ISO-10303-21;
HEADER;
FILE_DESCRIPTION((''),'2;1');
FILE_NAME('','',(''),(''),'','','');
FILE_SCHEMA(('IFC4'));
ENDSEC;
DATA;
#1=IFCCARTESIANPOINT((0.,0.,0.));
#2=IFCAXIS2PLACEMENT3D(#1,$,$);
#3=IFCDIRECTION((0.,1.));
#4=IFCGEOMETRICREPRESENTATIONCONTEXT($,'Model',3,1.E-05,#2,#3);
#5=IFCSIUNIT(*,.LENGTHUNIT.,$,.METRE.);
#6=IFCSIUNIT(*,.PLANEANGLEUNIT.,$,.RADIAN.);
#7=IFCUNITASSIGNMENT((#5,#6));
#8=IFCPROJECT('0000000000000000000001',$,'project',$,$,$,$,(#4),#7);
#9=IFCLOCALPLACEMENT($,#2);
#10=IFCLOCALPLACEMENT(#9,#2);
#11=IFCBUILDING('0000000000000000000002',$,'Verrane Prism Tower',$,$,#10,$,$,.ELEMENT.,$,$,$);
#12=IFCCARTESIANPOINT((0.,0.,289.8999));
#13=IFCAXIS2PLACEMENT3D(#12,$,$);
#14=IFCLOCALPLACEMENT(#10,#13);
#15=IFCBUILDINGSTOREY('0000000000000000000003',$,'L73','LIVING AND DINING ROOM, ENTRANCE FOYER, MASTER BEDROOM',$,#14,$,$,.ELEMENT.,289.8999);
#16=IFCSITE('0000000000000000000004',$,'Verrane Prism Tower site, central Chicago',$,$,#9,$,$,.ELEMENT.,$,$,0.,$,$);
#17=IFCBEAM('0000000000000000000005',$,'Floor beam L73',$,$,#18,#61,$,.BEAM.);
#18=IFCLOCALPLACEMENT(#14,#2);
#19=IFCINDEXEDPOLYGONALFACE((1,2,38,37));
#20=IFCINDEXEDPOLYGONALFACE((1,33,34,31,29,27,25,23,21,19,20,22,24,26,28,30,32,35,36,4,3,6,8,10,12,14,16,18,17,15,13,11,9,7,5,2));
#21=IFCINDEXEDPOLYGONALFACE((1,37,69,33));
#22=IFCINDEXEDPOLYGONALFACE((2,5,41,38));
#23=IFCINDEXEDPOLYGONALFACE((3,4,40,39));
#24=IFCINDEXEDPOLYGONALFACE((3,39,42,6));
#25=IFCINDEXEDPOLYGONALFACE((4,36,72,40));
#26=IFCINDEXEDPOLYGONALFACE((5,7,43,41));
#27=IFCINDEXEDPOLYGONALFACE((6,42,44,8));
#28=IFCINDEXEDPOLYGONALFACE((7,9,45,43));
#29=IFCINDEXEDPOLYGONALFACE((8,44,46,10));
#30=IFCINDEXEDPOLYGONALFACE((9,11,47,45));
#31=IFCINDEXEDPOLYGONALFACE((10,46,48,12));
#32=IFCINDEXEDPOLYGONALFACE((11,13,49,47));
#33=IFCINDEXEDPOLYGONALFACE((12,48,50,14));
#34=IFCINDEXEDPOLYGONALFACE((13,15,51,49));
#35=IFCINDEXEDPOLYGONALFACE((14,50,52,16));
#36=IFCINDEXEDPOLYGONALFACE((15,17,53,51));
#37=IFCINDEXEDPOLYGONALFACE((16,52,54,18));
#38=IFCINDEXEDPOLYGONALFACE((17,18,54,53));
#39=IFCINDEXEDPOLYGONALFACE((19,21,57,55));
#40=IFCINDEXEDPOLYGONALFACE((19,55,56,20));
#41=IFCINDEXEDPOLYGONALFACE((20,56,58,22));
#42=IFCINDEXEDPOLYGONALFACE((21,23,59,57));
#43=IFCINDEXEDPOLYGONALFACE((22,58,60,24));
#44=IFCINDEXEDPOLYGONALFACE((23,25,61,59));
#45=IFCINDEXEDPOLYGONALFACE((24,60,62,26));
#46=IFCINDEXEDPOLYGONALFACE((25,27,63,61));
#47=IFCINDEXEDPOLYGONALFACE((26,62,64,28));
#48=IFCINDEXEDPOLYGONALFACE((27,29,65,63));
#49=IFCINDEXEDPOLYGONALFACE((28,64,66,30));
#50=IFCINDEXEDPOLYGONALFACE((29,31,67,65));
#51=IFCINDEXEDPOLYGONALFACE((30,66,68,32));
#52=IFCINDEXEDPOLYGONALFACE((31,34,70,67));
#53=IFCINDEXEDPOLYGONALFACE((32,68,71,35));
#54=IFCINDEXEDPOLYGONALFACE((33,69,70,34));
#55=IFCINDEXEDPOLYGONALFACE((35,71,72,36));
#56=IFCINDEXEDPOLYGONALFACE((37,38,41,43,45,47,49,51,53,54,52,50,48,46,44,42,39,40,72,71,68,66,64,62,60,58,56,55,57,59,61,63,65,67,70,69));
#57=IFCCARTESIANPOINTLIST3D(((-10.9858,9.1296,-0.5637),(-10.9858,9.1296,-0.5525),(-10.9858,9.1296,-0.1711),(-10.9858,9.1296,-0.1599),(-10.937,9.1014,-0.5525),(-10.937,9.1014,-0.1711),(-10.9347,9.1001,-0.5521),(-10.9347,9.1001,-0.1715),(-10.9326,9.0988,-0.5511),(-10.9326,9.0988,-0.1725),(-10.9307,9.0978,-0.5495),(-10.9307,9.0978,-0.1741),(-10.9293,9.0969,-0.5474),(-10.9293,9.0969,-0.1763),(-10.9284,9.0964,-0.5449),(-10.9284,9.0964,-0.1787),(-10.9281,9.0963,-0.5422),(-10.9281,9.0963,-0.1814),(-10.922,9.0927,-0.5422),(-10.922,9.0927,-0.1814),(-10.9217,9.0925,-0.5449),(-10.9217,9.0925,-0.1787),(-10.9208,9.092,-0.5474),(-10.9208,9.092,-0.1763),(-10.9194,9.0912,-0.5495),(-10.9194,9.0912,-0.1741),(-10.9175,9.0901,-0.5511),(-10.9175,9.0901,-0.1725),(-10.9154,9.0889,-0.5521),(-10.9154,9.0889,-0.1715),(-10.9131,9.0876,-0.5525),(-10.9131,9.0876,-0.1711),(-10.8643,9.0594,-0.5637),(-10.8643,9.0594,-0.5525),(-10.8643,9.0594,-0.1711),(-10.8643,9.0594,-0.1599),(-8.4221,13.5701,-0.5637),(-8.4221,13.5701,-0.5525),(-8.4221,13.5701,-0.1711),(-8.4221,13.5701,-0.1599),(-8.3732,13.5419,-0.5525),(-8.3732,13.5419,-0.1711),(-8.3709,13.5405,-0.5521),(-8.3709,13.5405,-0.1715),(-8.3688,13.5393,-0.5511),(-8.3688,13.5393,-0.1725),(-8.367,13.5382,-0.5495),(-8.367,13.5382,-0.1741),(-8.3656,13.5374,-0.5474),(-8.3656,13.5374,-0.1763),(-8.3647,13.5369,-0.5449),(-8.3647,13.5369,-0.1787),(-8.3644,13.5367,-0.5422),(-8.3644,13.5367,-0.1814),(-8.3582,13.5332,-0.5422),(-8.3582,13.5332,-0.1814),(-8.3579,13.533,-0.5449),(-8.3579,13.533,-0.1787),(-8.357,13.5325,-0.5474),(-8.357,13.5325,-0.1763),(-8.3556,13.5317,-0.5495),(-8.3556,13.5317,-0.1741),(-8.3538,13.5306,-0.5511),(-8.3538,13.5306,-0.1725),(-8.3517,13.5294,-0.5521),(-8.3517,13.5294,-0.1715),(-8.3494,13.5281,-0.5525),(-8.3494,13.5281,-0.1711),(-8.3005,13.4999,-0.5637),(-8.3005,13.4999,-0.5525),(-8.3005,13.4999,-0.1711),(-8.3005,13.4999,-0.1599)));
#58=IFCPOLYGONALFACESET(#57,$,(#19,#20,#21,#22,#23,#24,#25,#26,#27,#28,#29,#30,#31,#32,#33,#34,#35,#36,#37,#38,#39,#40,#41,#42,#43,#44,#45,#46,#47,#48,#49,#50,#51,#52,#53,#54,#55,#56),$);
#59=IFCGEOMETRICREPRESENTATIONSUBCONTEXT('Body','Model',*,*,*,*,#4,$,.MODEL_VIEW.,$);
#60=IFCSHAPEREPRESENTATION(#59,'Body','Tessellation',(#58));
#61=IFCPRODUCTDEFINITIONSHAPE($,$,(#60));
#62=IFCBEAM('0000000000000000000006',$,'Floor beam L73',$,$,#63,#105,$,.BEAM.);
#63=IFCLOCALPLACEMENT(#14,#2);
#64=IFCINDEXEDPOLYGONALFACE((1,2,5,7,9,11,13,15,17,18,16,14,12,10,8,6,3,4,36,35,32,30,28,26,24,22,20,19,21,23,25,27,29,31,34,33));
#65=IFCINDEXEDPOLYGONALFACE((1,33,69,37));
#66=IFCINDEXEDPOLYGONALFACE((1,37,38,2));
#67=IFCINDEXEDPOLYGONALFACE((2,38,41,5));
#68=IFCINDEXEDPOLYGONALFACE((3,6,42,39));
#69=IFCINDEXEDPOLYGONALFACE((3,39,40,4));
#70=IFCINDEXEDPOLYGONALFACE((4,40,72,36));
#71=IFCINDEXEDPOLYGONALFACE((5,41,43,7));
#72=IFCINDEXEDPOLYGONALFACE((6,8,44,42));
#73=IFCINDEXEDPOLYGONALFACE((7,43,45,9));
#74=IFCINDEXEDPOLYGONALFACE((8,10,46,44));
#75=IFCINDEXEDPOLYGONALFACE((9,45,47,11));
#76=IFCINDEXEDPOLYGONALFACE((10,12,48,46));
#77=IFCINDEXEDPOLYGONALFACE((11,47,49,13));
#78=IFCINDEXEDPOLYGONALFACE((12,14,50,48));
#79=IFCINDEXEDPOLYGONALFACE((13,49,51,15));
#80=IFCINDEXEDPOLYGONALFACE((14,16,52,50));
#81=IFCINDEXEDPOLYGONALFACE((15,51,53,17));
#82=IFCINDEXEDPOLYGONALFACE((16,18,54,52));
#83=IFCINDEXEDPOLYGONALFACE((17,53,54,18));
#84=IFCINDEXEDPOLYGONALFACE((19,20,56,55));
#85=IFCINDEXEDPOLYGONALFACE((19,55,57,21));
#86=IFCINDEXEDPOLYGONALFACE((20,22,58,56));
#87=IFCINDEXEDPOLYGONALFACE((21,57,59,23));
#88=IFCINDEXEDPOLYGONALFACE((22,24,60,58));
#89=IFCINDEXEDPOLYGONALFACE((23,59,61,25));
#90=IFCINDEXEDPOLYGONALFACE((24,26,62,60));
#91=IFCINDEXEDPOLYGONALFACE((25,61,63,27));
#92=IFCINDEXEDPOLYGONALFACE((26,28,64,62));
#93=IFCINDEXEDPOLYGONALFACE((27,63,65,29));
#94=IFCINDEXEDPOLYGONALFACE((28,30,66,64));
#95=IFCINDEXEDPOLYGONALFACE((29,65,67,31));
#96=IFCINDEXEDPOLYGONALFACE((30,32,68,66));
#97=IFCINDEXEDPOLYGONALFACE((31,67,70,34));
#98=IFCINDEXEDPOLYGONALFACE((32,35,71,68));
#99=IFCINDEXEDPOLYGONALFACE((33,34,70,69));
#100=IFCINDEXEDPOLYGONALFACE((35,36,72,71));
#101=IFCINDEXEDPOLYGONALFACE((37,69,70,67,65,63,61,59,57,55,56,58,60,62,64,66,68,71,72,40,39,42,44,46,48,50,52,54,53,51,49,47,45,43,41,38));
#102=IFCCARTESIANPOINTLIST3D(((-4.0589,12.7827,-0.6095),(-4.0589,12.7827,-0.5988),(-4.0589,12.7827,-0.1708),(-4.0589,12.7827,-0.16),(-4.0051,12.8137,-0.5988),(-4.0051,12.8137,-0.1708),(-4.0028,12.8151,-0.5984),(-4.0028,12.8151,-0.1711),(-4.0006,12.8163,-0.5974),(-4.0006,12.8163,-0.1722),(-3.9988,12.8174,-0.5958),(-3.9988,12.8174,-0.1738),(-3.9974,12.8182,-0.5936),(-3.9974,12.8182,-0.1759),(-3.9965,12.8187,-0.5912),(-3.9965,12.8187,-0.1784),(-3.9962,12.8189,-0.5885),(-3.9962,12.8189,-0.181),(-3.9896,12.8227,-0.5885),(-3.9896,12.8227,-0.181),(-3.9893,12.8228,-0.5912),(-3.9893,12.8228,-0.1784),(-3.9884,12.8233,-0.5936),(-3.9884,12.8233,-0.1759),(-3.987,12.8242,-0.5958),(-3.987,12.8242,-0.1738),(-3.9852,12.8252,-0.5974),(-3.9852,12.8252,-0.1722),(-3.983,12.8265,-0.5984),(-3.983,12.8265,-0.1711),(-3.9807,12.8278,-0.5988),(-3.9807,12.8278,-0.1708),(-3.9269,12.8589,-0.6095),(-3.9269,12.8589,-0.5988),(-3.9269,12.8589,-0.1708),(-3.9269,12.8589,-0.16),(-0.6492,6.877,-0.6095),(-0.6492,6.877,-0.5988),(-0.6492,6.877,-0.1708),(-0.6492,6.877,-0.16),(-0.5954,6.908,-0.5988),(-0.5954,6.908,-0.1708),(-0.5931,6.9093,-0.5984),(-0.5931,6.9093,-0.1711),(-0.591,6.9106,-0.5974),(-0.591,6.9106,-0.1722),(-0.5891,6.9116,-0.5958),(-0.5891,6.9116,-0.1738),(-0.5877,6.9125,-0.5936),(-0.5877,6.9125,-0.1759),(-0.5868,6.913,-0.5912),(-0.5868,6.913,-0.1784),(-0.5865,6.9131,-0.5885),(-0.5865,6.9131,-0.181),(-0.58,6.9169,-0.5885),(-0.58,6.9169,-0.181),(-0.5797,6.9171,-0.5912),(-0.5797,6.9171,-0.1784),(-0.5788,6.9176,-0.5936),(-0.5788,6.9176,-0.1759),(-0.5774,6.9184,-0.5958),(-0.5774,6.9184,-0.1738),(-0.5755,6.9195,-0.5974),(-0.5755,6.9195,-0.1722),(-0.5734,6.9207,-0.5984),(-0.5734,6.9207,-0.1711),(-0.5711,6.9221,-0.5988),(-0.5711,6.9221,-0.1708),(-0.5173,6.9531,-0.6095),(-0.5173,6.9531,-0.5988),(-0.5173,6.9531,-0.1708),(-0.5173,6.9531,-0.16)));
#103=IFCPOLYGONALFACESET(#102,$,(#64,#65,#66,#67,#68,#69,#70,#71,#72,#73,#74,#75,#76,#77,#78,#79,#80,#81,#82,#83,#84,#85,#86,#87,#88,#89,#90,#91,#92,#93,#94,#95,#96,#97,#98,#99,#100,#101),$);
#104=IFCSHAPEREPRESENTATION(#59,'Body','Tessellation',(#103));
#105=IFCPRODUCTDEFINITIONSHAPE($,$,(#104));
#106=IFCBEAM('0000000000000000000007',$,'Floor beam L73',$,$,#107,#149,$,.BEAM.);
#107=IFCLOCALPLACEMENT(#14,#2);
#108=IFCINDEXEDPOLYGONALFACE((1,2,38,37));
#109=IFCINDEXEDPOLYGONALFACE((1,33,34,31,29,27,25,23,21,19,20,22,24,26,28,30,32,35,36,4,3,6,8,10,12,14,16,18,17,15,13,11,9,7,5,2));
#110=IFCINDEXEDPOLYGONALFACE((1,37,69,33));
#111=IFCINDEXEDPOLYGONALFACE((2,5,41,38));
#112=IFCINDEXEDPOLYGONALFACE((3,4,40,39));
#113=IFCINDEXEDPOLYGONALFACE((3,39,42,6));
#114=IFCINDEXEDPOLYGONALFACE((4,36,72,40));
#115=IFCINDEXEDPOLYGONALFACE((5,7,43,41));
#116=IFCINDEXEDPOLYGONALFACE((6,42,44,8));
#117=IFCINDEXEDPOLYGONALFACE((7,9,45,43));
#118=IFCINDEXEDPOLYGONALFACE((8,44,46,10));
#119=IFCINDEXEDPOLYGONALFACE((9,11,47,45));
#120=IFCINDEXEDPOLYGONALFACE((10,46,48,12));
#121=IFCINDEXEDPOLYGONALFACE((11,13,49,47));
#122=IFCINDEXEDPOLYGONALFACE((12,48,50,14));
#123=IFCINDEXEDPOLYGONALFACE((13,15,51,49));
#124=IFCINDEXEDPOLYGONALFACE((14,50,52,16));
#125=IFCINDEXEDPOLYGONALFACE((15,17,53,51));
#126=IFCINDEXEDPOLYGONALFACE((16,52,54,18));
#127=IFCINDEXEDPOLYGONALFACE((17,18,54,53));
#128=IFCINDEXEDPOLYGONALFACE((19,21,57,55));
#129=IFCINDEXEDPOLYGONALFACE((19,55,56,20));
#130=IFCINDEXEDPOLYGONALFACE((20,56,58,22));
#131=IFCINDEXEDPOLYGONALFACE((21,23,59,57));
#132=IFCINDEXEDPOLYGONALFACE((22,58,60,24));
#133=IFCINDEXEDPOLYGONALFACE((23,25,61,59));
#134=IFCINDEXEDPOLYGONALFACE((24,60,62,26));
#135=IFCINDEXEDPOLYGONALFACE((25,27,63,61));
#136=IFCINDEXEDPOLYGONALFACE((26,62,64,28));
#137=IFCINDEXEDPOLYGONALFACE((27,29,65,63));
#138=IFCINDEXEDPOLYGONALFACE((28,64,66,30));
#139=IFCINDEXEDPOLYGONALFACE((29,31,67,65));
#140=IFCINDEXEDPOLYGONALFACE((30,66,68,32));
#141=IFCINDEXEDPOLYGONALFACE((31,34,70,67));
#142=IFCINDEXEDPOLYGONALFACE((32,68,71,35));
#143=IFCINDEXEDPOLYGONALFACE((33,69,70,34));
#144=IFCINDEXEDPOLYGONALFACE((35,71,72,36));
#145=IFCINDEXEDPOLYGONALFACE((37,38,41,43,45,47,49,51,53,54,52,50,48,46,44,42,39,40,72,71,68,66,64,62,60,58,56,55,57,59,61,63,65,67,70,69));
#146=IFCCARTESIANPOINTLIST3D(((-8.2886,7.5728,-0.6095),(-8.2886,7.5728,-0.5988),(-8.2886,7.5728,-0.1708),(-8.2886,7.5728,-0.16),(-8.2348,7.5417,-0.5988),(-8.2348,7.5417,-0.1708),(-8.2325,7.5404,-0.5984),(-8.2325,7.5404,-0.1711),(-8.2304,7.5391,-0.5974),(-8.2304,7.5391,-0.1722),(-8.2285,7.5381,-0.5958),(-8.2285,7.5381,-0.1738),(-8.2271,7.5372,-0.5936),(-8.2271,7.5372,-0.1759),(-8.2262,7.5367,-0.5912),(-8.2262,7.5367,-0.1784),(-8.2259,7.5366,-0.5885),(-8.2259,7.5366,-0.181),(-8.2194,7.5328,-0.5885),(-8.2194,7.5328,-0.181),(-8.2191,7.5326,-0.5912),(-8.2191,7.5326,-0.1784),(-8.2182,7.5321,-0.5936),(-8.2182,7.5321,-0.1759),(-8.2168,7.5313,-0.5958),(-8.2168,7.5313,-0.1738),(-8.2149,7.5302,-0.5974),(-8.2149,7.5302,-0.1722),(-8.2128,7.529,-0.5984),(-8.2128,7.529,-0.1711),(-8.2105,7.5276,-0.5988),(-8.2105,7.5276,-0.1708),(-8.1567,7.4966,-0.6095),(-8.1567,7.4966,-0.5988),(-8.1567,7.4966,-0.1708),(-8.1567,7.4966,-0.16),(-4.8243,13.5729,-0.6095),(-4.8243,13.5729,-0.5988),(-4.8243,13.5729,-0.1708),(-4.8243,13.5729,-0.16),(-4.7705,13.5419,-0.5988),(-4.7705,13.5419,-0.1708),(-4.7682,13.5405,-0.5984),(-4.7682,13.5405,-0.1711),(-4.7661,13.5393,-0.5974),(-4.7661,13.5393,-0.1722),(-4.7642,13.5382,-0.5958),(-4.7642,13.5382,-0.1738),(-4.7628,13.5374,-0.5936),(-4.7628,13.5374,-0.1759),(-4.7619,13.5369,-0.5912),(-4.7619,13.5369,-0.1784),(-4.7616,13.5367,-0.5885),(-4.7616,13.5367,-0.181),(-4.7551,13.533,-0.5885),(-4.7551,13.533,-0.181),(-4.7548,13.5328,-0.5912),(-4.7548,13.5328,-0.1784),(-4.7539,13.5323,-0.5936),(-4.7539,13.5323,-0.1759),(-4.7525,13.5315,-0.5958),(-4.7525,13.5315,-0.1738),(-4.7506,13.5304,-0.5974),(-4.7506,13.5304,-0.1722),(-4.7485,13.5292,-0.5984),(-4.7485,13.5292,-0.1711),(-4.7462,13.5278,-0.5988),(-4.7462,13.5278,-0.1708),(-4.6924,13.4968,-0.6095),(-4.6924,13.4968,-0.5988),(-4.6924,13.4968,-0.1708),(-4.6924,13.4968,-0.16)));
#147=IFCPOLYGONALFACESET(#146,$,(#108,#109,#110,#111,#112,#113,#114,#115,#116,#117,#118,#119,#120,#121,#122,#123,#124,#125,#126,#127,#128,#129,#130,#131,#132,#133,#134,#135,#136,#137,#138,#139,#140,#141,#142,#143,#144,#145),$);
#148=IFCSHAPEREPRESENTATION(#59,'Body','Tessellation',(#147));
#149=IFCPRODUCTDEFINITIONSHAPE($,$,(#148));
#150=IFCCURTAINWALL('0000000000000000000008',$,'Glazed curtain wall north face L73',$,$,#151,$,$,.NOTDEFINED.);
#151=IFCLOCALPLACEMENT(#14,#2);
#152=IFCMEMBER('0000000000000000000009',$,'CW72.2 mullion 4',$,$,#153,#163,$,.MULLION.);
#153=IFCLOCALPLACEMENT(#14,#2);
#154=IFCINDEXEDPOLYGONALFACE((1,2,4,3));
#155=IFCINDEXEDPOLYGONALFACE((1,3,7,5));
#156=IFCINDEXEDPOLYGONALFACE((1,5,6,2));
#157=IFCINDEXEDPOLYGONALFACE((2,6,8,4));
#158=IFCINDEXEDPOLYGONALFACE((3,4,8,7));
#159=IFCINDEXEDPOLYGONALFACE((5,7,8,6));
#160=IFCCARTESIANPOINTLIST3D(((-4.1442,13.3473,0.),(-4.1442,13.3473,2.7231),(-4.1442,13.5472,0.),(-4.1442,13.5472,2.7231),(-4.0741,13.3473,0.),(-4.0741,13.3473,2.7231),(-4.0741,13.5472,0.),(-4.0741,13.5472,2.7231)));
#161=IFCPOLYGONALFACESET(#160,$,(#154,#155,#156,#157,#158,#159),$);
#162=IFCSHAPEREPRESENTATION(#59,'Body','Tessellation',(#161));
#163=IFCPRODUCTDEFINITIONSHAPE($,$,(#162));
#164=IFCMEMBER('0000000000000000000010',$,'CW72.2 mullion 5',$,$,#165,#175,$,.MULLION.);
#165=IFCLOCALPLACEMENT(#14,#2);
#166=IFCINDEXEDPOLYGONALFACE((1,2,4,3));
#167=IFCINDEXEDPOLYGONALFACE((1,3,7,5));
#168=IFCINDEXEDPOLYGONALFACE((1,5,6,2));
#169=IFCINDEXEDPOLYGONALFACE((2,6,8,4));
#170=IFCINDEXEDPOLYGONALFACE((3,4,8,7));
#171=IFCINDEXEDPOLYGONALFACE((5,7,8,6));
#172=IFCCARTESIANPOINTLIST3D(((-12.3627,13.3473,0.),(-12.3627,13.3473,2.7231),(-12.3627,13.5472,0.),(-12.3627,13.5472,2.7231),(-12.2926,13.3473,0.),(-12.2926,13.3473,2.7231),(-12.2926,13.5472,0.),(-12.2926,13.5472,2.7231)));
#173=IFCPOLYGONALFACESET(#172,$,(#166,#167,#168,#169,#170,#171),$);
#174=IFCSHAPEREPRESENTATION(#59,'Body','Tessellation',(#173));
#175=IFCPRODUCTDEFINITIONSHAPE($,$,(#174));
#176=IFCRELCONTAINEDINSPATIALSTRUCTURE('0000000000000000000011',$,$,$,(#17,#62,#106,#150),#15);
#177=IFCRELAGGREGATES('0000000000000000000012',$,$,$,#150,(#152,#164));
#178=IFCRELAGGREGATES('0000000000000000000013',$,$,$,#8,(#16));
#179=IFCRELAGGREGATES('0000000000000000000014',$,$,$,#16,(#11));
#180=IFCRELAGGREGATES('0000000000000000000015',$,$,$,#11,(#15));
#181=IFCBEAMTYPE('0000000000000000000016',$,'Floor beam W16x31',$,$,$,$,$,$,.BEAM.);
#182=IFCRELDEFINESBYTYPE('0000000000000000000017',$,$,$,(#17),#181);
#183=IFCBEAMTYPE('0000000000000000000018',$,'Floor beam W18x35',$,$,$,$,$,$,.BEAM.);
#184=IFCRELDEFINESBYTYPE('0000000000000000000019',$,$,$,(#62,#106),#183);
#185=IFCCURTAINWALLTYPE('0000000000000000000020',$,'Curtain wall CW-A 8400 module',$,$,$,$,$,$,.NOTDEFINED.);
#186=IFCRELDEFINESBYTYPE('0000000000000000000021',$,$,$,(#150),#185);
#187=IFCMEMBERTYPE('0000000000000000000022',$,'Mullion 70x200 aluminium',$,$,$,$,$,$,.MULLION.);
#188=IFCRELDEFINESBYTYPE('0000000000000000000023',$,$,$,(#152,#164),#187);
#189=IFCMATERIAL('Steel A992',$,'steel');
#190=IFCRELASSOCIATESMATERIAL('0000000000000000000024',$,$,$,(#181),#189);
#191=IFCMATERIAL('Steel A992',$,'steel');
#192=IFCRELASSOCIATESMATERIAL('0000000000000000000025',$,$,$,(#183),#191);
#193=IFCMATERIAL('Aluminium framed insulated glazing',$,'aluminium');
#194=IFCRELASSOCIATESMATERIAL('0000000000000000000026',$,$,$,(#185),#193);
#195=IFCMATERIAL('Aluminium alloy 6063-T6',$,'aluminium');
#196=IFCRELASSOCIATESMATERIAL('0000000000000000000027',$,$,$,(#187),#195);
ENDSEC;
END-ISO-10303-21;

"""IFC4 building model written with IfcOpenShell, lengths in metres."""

from ifc_helpers import new_model, si_unit, direction, frame, origin, origin_2d, place, context, subcontext, project, spatial, rectangle, i_section, extrude, material, material_profile, profile_set, type_object, element, aggregate, save


model = new_model("IFC4")

# Units and contexts
model_context = context("Model", 3, precision=1e-05, world=origin(), true_north=direction((0.0, 1.0)))
body_context = subcontext(model_context, "Body", "Model", "MODEL_VIEW")
ifc_project = project(units=[si_unit("LENGTHUNIT", "METRE"), si_unit("PLANEANGLEUNIT", "RADIAN")], contexts=[model_context])

# Site, building, storey
site_placement = place(None, origin())
site = spatial("IfcSite", under=ifc_project, at=site_placement, Name="Verrane Prism Tower site, central Chicago", CompositionType="ELEMENT", RefElevation=0.0)
building_placement = place(site_placement, origin())
building = spatial("IfcBuilding", under=site, at=building_placement, Name="Verrane Prism Tower", CompositionType="ELEMENT")
storey_placement = place(building_placement, frame((0.0, 0.0, 289.8999)))
storey = spatial("IfcBuildingStorey", under=building, at=storey_placement, Name="L73", Description="LIVING AND DINING ROOM, ENTRANCE FOYER, MASTER BEDROOM", CompositionType="ELEMENT", Elevation=289.8999)

# Beams
ifc_material_1 = material(Name="Steel A992", Category="steel")
ifc_material_profile_1 = material_profile(ifc_material_1, i_section(OverallWidth=0.1404, OverallDepth=0.4038, WebThickness=0.0071, FlangeThickness=0.0112, FilletRadius=0.0103, at=origin_2d()), Name="W16x31")
ifc_profile_set_1 = profile_set([ifc_material_profile_1], Name="Steel A992")
beam_type_1 = type_object("IfcBeamType", Name="Floor beam W16x31", PredefinedType="BEAM", material=ifc_profile_set_1)
beam_1_placement = place(storey_placement, frame((-10.925, 9.0945, -0.3618), z_axis=(0.500005, 0.866022, 0.0), x_axis=(-0.866022, 0.500005, 0.0)))
element("IfcBeam", 1, at=beam_1_placement, inside=storey, type_object=beam_type_1, Name="Floor beam L73", PredefinedType="BEAM", context=body_context, shape_type="SweptSolid", body=[
    extrude(i_section(OverallWidth=0.1404, OverallDepth=0.4038, WebThickness=0.0071, FlangeThickness=0.0112, FilletRadius=0.0103, at=origin_2d()), origin(), (0.0, 0.0, 1.0), 5.1274),
])
ifc_material_2 = material(Name="Steel A992", Category="steel")
ifc_material_profile_2 = material_profile(ifc_material_2, i_section(OverallWidth=0.1523, OverallDepth=0.4495, WebThickness=0.0076, FlangeThickness=0.0107, FilletRadius=0.0103, at=origin_2d()), Name="W18x35")
ifc_profile_set_2 = profile_set([ifc_material_profile_2], Name="Steel A992")
beam_type_2 = type_object("IfcBeamType", Name="Floor beam W18x35", PredefinedType="BEAM", material=ifc_profile_set_2)
beam_2_placement = place(storey_placement, frame((-0.5833, 6.915, -0.3848), z_axis=(-0.499997, 0.866027, 0.0), x_axis=(-0.866027, -0.499997, 0.0)))
element("IfcBeam", 2, at=beam_2_placement, inside=storey, type_object=beam_type_2, Name="Floor beam L73", PredefinedType="BEAM", context=body_context, shape_type="SweptSolid", body=[
    extrude(i_section(OverallWidth=0.1523, OverallDepth=0.4495, WebThickness=0.0076, FlangeThickness=0.0107, FilletRadius=0.0103, at=origin_2d()), origin(), (0.0, 0.0, 1.0), 6.8193),
])
beam_3_placement = place(storey_placement, frame((-8.2227, 7.5347, -0.3848), z_axis=(0.500012, 0.866018, 0.0), x_axis=(-0.866018, 0.500012, 0.0)))
element("IfcBeam", 3, at=beam_3_placement, inside=storey, type_object=beam_type_2, Name="Floor beam L73", PredefinedType="BEAM", context=body_context, shape_type="SweptSolid", body=[
    extrude(i_section(OverallWidth=0.1523, OverallDepth=0.4495, WebThickness=0.0076, FlangeThickness=0.0107, FilletRadius=0.0103, at=origin_2d()), origin(), (0.0, 0.0, 1.0), 6.9285),
])

# Curtain wall, members
ifc_material_3 = material(Name="Aluminium framed insulated glazing", Category="aluminium")
curtain_wall_type = type_object("IfcCurtainWallType", Name="Curtain wall CW-A 8400 module", PredefinedType="NOTDEFINED", material=ifc_material_3)
curtain_wall_placement = place(storey_placement, origin())
curtain_wall = element("IfcCurtainWall", 4, at=curtain_wall_placement, inside=storey, type_object=curtain_wall_type, Name="Glazed curtain wall north face L73", PredefinedType="NOTDEFINED")
ifc_material_4 = material(Name="Aluminium alloy 6063-T6", Category="aluminium")
ifc_material_profile_3 = material_profile(ifc_material_4, rectangle(XDim=0.2, YDim=0.0701, at=origin_2d()), Name="Mullion 70x200 aluminium")
ifc_profile_set_3 = profile_set([ifc_material_profile_3], Name="Aluminium alloy 6063-T6")
member_type_1 = type_object("IfcMemberType", Name="Mullion 70x200 aluminium", PredefinedType="MULLION", material=ifc_profile_set_3)
member_1_placement = place(storey_placement, frame((-4.1091, 13.4473, 0.0), z_axis=(0.0, 0.0, 1.0), x_axis=(0.0, -1.0, 0.0)))
member_1 = element("IfcMember", 5, at=member_1_placement, type_object=member_type_1, Name="CW72.2 mullion 4", PredefinedType="MULLION", context=body_context, shape_type="SweptSolid", body=[
    extrude(rectangle(XDim=0.2, YDim=0.0701, at=origin_2d()), origin(), (0.0, 0.0, 1.0), 2.7231),
])
member_2_placement = place(storey_placement, frame((-12.3276, 13.4473, 0.0), z_axis=(0.0, 0.0, 1.0), x_axis=(0.0, -1.0, 0.0)))
member_2 = element("IfcMember", 6, at=member_2_placement, type_object=member_type_1, Name="CW72.2 mullion 5", PredefinedType="MULLION", context=body_context, shape_type="SweptSolid", body=[
    extrude(rectangle(XDim=0.2, YDim=0.0701, at=origin_2d()), origin(), (0.0, 0.0, 1.0), 2.7231),
])

aggregate(curtain_wall, [member_1, member_2])

save(model, "model.ifc")
